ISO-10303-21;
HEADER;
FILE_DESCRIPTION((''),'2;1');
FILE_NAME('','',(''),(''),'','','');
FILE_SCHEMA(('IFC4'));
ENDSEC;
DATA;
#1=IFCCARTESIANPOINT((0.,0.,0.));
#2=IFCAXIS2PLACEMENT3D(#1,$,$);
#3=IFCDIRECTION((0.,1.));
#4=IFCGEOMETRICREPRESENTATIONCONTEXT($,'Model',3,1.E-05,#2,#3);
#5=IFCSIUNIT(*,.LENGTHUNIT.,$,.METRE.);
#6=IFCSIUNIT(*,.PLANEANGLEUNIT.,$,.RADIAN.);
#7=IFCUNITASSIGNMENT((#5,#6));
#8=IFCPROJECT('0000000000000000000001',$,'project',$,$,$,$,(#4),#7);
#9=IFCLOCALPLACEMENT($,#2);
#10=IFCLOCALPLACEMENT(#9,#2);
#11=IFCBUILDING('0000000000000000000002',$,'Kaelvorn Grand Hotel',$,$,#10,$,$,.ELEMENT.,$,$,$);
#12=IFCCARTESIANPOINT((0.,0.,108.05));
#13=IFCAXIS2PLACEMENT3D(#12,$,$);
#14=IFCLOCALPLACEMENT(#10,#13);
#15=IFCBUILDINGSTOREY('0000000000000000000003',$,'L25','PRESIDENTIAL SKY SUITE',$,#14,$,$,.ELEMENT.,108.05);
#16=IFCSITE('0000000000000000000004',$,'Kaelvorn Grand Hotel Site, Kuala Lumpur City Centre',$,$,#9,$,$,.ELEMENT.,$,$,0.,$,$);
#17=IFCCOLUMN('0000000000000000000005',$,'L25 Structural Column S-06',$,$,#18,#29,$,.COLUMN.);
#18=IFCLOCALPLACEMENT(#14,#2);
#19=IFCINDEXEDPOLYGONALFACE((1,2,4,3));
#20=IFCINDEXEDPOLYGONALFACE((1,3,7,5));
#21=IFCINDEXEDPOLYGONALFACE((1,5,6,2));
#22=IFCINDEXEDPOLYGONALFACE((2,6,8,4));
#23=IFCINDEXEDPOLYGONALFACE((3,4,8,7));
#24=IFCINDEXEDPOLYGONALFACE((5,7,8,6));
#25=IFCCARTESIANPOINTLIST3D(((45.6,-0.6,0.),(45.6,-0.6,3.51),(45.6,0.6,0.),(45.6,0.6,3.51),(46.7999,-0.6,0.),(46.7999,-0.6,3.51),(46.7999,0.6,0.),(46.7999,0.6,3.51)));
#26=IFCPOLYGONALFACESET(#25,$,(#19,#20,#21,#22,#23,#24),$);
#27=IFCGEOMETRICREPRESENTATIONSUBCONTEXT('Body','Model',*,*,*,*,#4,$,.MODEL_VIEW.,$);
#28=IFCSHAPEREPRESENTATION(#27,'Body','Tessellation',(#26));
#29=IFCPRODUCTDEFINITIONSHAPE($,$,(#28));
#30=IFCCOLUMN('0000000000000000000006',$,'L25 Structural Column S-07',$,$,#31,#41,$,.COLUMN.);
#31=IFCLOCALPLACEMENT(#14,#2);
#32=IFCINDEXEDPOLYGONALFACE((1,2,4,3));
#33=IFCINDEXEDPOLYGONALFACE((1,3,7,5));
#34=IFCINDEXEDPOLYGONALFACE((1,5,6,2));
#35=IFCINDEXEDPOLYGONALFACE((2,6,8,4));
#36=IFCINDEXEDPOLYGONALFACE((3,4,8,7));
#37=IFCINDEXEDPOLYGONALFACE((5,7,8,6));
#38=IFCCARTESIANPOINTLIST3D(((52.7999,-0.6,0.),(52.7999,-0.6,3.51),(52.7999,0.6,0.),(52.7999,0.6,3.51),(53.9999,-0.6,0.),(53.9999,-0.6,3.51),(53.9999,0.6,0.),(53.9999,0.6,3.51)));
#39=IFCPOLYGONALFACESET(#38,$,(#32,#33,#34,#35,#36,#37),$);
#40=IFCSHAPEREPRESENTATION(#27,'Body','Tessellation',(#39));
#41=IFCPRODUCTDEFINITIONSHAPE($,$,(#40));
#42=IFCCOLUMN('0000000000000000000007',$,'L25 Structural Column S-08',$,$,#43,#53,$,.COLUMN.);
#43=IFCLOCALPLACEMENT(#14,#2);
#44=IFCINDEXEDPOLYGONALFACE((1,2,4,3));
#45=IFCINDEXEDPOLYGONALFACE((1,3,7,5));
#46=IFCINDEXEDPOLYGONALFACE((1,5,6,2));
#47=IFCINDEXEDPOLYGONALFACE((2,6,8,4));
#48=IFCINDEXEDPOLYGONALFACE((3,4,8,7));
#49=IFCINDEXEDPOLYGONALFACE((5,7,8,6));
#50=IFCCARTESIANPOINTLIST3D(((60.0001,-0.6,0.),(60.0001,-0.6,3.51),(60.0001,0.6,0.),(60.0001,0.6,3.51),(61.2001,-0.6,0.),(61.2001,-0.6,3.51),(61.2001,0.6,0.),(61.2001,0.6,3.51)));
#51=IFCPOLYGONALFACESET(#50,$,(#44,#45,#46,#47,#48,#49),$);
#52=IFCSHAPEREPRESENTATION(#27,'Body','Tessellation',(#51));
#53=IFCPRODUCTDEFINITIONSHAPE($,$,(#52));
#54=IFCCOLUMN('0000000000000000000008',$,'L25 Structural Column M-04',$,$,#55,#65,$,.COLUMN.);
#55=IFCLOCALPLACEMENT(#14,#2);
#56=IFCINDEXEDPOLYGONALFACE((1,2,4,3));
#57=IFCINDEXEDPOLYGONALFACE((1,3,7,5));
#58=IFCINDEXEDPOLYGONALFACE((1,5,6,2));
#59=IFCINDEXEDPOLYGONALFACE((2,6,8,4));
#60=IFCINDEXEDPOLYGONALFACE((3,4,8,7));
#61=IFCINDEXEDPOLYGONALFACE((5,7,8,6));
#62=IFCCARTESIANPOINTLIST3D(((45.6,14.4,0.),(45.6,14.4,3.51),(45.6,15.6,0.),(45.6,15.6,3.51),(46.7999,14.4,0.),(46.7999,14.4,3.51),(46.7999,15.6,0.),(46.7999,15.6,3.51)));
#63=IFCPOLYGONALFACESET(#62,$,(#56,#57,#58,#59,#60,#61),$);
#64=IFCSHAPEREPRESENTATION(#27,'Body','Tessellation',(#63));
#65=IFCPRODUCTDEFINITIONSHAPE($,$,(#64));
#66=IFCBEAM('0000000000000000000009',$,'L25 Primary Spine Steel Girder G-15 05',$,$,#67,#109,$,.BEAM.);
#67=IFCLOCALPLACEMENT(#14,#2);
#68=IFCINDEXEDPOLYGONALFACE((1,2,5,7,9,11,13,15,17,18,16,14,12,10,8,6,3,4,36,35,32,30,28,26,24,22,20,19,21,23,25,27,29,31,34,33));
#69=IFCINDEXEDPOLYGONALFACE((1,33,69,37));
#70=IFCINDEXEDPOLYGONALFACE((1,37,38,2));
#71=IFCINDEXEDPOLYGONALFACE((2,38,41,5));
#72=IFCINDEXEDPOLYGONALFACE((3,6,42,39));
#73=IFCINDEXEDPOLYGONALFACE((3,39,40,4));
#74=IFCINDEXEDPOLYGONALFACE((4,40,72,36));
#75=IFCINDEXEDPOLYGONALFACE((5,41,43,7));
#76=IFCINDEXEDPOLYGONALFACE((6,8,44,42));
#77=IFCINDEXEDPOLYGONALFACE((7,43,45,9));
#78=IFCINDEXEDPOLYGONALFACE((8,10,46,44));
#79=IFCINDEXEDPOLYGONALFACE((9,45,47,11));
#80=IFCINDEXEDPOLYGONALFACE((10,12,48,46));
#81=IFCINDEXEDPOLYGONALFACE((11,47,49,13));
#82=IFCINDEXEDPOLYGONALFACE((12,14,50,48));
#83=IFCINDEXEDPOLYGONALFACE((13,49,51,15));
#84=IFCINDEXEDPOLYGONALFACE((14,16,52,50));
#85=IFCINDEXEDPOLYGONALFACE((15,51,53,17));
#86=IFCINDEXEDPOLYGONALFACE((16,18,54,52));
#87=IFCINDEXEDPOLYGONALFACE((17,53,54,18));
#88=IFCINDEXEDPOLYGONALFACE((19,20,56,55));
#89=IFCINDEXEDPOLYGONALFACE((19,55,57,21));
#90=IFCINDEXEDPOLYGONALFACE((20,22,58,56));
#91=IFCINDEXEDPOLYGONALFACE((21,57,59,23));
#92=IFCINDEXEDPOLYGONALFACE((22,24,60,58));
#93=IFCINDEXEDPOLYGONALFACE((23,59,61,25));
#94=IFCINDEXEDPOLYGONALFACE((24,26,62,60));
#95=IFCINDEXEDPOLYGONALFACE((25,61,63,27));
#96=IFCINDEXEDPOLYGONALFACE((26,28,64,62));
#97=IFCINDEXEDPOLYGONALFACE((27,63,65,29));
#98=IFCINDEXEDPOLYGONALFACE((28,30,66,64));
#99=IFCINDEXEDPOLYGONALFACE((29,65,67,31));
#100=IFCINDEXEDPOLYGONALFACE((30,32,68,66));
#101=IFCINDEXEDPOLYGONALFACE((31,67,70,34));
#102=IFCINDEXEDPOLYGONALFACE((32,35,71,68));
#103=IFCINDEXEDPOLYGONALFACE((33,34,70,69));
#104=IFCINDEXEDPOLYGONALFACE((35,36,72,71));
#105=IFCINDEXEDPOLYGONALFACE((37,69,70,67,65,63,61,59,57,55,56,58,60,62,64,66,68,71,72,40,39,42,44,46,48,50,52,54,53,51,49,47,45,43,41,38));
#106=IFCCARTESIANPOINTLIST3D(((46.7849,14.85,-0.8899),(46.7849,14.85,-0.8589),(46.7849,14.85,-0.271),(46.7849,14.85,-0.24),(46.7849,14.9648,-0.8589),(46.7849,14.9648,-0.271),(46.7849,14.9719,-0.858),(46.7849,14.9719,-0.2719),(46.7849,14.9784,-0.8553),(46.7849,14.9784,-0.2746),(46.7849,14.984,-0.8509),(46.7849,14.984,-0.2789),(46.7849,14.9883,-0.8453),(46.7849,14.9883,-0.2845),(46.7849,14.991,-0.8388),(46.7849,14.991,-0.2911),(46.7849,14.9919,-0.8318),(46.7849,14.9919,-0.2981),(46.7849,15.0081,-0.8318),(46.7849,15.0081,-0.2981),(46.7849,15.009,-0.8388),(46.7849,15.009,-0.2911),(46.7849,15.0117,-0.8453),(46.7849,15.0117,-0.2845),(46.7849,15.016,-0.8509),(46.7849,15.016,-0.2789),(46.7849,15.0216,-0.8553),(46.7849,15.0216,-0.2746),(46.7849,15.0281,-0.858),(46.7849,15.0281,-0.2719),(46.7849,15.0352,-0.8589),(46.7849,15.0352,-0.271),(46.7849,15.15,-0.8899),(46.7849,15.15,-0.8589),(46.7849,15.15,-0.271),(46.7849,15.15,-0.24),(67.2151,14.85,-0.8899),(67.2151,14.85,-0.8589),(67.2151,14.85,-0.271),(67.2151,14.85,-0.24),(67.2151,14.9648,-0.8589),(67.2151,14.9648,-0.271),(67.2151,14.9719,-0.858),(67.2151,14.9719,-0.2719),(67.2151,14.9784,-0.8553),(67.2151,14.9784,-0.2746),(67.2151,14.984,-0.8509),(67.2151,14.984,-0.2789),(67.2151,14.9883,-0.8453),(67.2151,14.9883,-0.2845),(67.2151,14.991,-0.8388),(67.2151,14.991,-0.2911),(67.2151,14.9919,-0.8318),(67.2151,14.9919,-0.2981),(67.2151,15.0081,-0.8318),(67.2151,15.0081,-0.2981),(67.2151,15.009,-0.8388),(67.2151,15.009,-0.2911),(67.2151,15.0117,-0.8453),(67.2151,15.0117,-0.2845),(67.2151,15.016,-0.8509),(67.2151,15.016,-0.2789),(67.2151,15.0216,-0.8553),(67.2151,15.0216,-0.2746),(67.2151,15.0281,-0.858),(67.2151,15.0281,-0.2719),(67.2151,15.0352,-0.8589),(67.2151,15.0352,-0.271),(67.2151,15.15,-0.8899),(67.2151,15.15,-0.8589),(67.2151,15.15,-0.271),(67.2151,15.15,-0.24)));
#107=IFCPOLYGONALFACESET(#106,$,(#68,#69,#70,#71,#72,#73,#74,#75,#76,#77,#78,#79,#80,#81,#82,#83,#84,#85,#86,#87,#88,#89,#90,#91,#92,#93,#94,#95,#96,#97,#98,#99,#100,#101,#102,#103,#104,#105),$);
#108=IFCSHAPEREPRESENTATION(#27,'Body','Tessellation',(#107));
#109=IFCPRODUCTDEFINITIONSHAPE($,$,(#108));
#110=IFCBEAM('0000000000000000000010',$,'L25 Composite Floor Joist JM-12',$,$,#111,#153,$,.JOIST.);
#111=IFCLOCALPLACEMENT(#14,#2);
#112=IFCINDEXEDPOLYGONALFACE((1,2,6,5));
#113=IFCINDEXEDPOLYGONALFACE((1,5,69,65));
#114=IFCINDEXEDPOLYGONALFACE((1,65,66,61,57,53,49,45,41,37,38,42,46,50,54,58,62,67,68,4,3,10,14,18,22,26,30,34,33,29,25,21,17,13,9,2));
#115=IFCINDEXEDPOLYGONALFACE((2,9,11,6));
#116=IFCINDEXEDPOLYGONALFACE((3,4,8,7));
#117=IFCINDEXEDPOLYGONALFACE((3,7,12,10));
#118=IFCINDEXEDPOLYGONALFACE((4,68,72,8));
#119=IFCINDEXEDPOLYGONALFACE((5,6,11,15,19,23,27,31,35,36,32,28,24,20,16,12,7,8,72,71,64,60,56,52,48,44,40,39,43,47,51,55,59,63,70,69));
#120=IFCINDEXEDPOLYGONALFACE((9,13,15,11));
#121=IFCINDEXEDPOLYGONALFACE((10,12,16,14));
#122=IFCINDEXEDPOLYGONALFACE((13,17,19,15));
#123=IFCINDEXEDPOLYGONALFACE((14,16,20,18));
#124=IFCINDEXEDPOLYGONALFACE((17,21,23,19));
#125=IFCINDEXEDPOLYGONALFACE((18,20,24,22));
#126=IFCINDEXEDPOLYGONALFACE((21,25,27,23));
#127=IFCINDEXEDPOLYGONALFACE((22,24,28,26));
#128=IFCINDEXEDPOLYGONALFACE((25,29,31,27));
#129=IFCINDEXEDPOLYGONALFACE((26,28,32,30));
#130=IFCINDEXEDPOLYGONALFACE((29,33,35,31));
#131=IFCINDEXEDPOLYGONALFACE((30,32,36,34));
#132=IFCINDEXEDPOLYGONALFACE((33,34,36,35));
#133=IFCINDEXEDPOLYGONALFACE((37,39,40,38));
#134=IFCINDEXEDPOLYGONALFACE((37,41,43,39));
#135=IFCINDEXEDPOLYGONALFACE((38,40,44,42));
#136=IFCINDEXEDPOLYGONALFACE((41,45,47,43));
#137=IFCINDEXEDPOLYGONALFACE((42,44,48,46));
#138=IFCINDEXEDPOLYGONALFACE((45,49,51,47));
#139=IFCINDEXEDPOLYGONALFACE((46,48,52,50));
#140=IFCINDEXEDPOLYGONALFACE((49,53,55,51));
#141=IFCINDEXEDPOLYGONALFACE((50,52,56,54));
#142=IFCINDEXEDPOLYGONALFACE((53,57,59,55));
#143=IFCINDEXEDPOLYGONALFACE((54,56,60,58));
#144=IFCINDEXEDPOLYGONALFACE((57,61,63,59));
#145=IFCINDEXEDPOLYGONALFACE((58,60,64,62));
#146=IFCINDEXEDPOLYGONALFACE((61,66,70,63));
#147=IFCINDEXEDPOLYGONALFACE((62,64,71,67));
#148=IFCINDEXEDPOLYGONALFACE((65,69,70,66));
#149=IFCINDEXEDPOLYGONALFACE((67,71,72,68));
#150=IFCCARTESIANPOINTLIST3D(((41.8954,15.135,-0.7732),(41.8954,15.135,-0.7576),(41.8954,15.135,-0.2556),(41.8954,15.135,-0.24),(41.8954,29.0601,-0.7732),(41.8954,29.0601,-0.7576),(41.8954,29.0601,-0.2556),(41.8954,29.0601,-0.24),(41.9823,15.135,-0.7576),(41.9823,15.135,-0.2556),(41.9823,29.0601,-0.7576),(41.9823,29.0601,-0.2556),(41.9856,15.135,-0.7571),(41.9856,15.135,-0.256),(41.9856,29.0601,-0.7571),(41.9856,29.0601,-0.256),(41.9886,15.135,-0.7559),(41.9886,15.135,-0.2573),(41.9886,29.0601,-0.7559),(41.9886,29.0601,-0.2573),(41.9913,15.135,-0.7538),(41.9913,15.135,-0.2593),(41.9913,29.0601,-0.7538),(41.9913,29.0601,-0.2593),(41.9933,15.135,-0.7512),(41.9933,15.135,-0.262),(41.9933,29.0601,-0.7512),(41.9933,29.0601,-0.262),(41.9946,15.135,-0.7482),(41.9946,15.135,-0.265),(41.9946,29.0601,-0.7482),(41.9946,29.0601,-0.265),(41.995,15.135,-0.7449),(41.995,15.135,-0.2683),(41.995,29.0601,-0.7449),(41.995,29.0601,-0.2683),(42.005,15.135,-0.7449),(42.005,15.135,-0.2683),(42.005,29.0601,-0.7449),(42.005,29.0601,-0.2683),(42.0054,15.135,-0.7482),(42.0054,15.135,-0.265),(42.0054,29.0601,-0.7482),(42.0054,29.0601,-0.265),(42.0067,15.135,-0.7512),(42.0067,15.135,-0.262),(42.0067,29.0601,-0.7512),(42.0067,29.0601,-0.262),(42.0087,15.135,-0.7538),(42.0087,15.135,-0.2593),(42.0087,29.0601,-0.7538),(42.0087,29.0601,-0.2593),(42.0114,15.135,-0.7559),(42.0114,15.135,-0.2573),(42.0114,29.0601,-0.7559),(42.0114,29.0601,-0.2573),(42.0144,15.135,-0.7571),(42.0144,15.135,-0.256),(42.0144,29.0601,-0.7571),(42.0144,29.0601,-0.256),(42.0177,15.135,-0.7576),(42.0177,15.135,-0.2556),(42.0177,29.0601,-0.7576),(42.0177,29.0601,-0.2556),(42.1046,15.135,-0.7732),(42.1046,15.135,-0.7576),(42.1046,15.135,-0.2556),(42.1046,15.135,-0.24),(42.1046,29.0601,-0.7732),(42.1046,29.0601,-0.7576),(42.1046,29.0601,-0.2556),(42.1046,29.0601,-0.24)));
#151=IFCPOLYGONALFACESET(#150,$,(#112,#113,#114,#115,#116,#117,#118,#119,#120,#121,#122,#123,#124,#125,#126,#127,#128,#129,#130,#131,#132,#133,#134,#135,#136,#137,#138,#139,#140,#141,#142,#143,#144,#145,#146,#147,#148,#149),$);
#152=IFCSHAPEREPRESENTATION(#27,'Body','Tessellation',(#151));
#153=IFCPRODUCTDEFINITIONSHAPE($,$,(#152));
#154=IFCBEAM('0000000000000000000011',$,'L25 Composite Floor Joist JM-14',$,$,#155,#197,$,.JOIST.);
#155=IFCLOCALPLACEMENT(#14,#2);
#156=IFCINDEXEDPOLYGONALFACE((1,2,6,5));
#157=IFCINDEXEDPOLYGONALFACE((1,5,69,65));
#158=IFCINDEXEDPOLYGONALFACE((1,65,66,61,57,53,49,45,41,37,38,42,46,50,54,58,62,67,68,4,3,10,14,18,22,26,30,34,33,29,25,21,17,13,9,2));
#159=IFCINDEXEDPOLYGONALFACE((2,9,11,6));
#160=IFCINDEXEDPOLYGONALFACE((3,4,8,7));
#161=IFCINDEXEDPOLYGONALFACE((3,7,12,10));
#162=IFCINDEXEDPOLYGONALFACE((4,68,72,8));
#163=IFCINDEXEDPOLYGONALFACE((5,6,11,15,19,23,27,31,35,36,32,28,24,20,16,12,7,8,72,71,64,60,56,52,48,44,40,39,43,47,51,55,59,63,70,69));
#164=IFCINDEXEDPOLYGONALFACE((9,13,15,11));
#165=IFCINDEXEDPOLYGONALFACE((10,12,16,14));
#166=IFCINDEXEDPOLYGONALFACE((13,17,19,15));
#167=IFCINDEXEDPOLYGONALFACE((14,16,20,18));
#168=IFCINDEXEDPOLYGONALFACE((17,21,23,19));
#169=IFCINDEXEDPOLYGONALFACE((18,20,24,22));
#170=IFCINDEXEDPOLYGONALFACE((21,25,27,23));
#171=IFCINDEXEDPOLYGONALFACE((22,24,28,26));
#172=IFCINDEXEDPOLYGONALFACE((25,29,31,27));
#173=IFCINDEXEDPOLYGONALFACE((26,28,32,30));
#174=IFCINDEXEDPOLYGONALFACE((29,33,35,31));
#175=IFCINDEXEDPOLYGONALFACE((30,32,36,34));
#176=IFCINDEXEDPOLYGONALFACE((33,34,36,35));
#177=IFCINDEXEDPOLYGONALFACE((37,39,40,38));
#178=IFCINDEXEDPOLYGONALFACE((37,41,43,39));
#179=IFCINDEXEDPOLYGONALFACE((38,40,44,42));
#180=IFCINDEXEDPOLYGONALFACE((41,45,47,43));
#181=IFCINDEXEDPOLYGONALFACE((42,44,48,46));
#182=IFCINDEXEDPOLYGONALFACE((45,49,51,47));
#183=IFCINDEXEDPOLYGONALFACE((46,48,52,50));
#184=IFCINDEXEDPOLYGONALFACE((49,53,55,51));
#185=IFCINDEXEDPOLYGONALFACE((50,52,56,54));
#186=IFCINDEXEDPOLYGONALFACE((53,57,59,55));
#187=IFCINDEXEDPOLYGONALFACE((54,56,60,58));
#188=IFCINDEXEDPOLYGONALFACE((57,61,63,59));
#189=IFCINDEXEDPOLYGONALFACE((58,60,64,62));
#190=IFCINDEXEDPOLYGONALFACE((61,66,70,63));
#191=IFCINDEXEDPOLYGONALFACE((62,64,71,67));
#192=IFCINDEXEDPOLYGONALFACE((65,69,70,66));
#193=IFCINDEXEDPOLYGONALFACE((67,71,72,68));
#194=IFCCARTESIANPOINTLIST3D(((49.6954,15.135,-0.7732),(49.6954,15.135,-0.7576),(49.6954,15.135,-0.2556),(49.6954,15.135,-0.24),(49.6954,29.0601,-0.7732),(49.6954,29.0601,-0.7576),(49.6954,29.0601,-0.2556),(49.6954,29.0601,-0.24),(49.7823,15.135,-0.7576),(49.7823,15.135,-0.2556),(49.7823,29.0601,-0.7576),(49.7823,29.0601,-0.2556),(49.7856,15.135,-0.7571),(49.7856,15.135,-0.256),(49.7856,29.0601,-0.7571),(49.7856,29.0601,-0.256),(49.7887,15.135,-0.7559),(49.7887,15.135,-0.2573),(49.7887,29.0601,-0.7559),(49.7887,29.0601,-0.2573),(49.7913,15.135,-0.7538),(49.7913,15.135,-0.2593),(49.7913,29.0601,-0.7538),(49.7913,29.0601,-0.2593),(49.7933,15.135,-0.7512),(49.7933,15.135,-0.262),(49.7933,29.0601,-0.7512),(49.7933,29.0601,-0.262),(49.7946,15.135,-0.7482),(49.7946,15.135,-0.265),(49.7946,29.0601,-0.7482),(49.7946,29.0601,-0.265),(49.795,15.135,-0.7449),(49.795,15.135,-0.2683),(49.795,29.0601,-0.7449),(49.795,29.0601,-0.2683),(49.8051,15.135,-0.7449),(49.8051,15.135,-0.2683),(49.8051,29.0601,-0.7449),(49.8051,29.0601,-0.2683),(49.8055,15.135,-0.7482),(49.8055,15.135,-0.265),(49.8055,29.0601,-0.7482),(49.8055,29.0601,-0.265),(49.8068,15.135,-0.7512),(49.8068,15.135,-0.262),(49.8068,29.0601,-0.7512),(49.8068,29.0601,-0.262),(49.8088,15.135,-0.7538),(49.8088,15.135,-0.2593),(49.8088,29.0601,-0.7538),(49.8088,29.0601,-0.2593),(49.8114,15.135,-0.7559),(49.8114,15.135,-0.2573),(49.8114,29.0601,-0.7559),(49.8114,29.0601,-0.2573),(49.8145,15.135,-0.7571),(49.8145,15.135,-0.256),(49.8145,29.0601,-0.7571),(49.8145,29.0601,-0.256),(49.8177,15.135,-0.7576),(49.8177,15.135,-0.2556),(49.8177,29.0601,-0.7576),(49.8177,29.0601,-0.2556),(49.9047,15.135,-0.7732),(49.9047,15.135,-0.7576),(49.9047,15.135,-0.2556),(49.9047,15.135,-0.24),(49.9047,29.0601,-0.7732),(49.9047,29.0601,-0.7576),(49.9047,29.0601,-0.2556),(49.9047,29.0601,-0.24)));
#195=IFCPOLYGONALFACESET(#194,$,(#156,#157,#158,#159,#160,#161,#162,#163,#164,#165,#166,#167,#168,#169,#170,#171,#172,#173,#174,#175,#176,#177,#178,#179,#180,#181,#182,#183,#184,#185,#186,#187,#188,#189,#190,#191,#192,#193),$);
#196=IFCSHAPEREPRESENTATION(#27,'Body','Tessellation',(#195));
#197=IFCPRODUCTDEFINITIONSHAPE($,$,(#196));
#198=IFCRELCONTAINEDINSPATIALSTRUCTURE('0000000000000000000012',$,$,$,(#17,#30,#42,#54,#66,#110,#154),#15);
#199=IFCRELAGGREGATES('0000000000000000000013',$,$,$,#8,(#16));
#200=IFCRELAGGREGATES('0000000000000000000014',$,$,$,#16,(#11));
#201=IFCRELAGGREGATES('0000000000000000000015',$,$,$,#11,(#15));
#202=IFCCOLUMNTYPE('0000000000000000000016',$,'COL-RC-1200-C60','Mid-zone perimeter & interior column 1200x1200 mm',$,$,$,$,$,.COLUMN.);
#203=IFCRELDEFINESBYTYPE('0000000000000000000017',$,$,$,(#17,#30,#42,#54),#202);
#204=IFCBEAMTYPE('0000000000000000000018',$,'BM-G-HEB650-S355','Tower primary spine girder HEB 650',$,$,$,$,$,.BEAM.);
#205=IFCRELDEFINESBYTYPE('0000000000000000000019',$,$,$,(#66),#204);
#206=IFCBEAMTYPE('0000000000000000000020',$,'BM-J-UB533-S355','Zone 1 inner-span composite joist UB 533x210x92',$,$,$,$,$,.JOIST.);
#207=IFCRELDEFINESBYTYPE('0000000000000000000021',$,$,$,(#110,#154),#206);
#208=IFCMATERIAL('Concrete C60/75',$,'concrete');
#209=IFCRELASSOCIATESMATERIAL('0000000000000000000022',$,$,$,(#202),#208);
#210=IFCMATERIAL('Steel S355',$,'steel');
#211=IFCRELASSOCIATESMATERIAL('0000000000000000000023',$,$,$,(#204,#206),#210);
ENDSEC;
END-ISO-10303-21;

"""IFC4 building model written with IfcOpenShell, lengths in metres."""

from ifc_helpers import new_model, si_unit, direction, frame, origin, origin_2d, place, context, subcontext, project, spatial, rectangle, i_section, extrude, material, material_profile, profile_set, type_object, element, save


model = new_model("IFC4")

# Units and contexts
model_context = context("Model", 3, precision=1e-05, world=origin(), true_north=direction((0.0, 1.0)))
body_context = subcontext(model_context, "Body", "Model", "MODEL_VIEW")
ifc_project = project(units=[si_unit("LENGTHUNIT", "METRE"), si_unit("PLANEANGLEUNIT", "RADIAN")], contexts=[model_context])

# Site, building, storey
site_placement = place(None, origin())
site = spatial("IfcSite", under=ifc_project, at=site_placement, Name="Kaelvorn Grand Hotel Site, Kuala Lumpur City Centre", CompositionType="ELEMENT", RefElevation=0.0)
building_placement = place(site_placement, origin())
building = spatial("IfcBuilding", under=site, at=building_placement, Name="Kaelvorn Grand Hotel", CompositionType="ELEMENT")
storey_placement = place(building_placement, frame((0.0, 0.0, 108.05)))
storey = spatial("IfcBuildingStorey", under=building, at=storey_placement, Name="L25", Description="PRESIDENTIAL SKY SUITE", CompositionType="ELEMENT", Elevation=108.05)

# Columns
ifc_material_1 = material(Name="Concrete C60/75", Category="concrete")
ifc_material_profile_1 = material_profile(ifc_material_1, rectangle(XDim=1.2, YDim=1.2, at=origin_2d()), Name="RC COL 1200x1200")
ifc_profile_set_1 = profile_set([ifc_material_profile_1], Name="Concrete C60/75")
column_type = type_object("IfcColumnType", Name="COL-RC-1200-C60", Description="Mid-zone perimeter & interior column 1200x1200 mm", PredefinedType="COLUMN", material=ifc_profile_set_1)
for number, where, z_axis, x_axis, name in (
    (1, (46.2, 0.0, 0.0), (0.0, 0.0, 1.0), (1.0, 0.0, 0.0), "L25 Structural Column S-06"),
    (2, (53.3999, 0.0, 0.0), (0.0, 0.0, 1.0), (1.0, 0.0, 0.0), "L25 Structural Column S-07"),
    (3, (60.6001, 0.0, 0.0), (0.0, 0.0, 1.0), (1.0, 0.0, 0.0), "L25 Structural Column S-08"),
    (4, (46.2, 15.0, 0.0), (0.0, 0.0, 1.0), (1.0, 0.0, 0.0), "L25 Structural Column M-04"),
):
    element("IfcColumn", number, at=place(storey_placement, frame(where, z_axis=z_axis, x_axis=x_axis)), inside=storey, type_object=column_type, Name=name, PredefinedType="COLUMN", context=body_context, shape_type="SweptSolid", body=[
        extrude(rectangle(XDim=1.2, YDim=1.2, at=origin_2d()), origin(), (0.0, 0.0, 1.0), 3.51),
    ])

# Beams
ifc_material_2 = material(Name="Steel S355", Category="steel")
ifc_material_profile_2 = material_profile(ifc_material_2, i_section(OverallWidth=0.3, OverallDepth=0.6499, WebThickness=0.0161, FlangeThickness=0.031, FilletRadius=0.0271, at=origin_2d()), Name="HEB 650")
ifc_profile_set_2 = profile_set([ifc_material_profile_2], Name="Steel S355")
beam_type_1 = type_object("IfcBeamType", Name="BM-G-HEB650-S355", Description="Tower primary spine girder HEB 650", PredefinedType="BEAM", material=ifc_profile_set_2)
beam_1_placement = place(storey_placement, frame((46.7849, 15.0, -0.5649), z_axis=(1.0, 0.0, 0.0), x_axis=(0.0, 1.0, 0.0)))
element("IfcBeam", 5, at=beam_1_placement, inside=storey, type_object=beam_type_1, Name="L25 Primary Spine Steel Girder G-15 05", PredefinedType="BEAM", context=body_context, shape_type="SweptSolid", body=[
    extrude(i_section(OverallWidth=0.3, OverallDepth=0.6499, WebThickness=0.0161, FlangeThickness=0.031, FilletRadius=0.0271, at=origin_2d()), origin(), (0.0, 0.0, 1.0), 20.4302),
])
ifc_material_profile_3 = material_profile(ifc_material_2, i_section(OverallWidth=0.2092, OverallDepth=0.5332, WebThickness=0.01, FlangeThickness=0.0156, FilletRadius=0.0127, at=origin_2d()), Name="UB 533x210x92")
ifc_profile_set_3 = profile_set([ifc_material_profile_3], Name="Steel S355")
beam_type_2 = type_object("IfcBeamType", Name="BM-J-UB533-S355", Description="Zone 1 inner-span composite joist UB 533x210x92", PredefinedType="JOIST", material=ifc_profile_set_3)
for number, where, z_axis, x_axis, name in (
    (6, (42.0, 15.135, -0.5066), (0.0, 1.0, 0.0), (-1.0, 0.0, 0.0), "L25 Composite Floor Joist JM-12"),
    (7, (49.8, 15.135, -0.5066), (0.0, 1.0, 0.0), (-1.0, 0.0, 0.0), "L25 Composite Floor Joist JM-14"),
):
    element("IfcBeam", number, at=place(storey_placement, frame(where, z_axis=z_axis, x_axis=x_axis)), inside=storey, type_object=beam_type_2, Name=name, PredefinedType="JOIST", context=body_context, shape_type="SweptSolid", body=[
        extrude(i_section(OverallWidth=0.2092, OverallDepth=0.5332, WebThickness=0.01, FlangeThickness=0.0156, FilletRadius=0.0127, at=origin_2d()), origin(), (0.0, 0.0, 1.0), 13.925),
    ])

save(model, "model.ifc")
